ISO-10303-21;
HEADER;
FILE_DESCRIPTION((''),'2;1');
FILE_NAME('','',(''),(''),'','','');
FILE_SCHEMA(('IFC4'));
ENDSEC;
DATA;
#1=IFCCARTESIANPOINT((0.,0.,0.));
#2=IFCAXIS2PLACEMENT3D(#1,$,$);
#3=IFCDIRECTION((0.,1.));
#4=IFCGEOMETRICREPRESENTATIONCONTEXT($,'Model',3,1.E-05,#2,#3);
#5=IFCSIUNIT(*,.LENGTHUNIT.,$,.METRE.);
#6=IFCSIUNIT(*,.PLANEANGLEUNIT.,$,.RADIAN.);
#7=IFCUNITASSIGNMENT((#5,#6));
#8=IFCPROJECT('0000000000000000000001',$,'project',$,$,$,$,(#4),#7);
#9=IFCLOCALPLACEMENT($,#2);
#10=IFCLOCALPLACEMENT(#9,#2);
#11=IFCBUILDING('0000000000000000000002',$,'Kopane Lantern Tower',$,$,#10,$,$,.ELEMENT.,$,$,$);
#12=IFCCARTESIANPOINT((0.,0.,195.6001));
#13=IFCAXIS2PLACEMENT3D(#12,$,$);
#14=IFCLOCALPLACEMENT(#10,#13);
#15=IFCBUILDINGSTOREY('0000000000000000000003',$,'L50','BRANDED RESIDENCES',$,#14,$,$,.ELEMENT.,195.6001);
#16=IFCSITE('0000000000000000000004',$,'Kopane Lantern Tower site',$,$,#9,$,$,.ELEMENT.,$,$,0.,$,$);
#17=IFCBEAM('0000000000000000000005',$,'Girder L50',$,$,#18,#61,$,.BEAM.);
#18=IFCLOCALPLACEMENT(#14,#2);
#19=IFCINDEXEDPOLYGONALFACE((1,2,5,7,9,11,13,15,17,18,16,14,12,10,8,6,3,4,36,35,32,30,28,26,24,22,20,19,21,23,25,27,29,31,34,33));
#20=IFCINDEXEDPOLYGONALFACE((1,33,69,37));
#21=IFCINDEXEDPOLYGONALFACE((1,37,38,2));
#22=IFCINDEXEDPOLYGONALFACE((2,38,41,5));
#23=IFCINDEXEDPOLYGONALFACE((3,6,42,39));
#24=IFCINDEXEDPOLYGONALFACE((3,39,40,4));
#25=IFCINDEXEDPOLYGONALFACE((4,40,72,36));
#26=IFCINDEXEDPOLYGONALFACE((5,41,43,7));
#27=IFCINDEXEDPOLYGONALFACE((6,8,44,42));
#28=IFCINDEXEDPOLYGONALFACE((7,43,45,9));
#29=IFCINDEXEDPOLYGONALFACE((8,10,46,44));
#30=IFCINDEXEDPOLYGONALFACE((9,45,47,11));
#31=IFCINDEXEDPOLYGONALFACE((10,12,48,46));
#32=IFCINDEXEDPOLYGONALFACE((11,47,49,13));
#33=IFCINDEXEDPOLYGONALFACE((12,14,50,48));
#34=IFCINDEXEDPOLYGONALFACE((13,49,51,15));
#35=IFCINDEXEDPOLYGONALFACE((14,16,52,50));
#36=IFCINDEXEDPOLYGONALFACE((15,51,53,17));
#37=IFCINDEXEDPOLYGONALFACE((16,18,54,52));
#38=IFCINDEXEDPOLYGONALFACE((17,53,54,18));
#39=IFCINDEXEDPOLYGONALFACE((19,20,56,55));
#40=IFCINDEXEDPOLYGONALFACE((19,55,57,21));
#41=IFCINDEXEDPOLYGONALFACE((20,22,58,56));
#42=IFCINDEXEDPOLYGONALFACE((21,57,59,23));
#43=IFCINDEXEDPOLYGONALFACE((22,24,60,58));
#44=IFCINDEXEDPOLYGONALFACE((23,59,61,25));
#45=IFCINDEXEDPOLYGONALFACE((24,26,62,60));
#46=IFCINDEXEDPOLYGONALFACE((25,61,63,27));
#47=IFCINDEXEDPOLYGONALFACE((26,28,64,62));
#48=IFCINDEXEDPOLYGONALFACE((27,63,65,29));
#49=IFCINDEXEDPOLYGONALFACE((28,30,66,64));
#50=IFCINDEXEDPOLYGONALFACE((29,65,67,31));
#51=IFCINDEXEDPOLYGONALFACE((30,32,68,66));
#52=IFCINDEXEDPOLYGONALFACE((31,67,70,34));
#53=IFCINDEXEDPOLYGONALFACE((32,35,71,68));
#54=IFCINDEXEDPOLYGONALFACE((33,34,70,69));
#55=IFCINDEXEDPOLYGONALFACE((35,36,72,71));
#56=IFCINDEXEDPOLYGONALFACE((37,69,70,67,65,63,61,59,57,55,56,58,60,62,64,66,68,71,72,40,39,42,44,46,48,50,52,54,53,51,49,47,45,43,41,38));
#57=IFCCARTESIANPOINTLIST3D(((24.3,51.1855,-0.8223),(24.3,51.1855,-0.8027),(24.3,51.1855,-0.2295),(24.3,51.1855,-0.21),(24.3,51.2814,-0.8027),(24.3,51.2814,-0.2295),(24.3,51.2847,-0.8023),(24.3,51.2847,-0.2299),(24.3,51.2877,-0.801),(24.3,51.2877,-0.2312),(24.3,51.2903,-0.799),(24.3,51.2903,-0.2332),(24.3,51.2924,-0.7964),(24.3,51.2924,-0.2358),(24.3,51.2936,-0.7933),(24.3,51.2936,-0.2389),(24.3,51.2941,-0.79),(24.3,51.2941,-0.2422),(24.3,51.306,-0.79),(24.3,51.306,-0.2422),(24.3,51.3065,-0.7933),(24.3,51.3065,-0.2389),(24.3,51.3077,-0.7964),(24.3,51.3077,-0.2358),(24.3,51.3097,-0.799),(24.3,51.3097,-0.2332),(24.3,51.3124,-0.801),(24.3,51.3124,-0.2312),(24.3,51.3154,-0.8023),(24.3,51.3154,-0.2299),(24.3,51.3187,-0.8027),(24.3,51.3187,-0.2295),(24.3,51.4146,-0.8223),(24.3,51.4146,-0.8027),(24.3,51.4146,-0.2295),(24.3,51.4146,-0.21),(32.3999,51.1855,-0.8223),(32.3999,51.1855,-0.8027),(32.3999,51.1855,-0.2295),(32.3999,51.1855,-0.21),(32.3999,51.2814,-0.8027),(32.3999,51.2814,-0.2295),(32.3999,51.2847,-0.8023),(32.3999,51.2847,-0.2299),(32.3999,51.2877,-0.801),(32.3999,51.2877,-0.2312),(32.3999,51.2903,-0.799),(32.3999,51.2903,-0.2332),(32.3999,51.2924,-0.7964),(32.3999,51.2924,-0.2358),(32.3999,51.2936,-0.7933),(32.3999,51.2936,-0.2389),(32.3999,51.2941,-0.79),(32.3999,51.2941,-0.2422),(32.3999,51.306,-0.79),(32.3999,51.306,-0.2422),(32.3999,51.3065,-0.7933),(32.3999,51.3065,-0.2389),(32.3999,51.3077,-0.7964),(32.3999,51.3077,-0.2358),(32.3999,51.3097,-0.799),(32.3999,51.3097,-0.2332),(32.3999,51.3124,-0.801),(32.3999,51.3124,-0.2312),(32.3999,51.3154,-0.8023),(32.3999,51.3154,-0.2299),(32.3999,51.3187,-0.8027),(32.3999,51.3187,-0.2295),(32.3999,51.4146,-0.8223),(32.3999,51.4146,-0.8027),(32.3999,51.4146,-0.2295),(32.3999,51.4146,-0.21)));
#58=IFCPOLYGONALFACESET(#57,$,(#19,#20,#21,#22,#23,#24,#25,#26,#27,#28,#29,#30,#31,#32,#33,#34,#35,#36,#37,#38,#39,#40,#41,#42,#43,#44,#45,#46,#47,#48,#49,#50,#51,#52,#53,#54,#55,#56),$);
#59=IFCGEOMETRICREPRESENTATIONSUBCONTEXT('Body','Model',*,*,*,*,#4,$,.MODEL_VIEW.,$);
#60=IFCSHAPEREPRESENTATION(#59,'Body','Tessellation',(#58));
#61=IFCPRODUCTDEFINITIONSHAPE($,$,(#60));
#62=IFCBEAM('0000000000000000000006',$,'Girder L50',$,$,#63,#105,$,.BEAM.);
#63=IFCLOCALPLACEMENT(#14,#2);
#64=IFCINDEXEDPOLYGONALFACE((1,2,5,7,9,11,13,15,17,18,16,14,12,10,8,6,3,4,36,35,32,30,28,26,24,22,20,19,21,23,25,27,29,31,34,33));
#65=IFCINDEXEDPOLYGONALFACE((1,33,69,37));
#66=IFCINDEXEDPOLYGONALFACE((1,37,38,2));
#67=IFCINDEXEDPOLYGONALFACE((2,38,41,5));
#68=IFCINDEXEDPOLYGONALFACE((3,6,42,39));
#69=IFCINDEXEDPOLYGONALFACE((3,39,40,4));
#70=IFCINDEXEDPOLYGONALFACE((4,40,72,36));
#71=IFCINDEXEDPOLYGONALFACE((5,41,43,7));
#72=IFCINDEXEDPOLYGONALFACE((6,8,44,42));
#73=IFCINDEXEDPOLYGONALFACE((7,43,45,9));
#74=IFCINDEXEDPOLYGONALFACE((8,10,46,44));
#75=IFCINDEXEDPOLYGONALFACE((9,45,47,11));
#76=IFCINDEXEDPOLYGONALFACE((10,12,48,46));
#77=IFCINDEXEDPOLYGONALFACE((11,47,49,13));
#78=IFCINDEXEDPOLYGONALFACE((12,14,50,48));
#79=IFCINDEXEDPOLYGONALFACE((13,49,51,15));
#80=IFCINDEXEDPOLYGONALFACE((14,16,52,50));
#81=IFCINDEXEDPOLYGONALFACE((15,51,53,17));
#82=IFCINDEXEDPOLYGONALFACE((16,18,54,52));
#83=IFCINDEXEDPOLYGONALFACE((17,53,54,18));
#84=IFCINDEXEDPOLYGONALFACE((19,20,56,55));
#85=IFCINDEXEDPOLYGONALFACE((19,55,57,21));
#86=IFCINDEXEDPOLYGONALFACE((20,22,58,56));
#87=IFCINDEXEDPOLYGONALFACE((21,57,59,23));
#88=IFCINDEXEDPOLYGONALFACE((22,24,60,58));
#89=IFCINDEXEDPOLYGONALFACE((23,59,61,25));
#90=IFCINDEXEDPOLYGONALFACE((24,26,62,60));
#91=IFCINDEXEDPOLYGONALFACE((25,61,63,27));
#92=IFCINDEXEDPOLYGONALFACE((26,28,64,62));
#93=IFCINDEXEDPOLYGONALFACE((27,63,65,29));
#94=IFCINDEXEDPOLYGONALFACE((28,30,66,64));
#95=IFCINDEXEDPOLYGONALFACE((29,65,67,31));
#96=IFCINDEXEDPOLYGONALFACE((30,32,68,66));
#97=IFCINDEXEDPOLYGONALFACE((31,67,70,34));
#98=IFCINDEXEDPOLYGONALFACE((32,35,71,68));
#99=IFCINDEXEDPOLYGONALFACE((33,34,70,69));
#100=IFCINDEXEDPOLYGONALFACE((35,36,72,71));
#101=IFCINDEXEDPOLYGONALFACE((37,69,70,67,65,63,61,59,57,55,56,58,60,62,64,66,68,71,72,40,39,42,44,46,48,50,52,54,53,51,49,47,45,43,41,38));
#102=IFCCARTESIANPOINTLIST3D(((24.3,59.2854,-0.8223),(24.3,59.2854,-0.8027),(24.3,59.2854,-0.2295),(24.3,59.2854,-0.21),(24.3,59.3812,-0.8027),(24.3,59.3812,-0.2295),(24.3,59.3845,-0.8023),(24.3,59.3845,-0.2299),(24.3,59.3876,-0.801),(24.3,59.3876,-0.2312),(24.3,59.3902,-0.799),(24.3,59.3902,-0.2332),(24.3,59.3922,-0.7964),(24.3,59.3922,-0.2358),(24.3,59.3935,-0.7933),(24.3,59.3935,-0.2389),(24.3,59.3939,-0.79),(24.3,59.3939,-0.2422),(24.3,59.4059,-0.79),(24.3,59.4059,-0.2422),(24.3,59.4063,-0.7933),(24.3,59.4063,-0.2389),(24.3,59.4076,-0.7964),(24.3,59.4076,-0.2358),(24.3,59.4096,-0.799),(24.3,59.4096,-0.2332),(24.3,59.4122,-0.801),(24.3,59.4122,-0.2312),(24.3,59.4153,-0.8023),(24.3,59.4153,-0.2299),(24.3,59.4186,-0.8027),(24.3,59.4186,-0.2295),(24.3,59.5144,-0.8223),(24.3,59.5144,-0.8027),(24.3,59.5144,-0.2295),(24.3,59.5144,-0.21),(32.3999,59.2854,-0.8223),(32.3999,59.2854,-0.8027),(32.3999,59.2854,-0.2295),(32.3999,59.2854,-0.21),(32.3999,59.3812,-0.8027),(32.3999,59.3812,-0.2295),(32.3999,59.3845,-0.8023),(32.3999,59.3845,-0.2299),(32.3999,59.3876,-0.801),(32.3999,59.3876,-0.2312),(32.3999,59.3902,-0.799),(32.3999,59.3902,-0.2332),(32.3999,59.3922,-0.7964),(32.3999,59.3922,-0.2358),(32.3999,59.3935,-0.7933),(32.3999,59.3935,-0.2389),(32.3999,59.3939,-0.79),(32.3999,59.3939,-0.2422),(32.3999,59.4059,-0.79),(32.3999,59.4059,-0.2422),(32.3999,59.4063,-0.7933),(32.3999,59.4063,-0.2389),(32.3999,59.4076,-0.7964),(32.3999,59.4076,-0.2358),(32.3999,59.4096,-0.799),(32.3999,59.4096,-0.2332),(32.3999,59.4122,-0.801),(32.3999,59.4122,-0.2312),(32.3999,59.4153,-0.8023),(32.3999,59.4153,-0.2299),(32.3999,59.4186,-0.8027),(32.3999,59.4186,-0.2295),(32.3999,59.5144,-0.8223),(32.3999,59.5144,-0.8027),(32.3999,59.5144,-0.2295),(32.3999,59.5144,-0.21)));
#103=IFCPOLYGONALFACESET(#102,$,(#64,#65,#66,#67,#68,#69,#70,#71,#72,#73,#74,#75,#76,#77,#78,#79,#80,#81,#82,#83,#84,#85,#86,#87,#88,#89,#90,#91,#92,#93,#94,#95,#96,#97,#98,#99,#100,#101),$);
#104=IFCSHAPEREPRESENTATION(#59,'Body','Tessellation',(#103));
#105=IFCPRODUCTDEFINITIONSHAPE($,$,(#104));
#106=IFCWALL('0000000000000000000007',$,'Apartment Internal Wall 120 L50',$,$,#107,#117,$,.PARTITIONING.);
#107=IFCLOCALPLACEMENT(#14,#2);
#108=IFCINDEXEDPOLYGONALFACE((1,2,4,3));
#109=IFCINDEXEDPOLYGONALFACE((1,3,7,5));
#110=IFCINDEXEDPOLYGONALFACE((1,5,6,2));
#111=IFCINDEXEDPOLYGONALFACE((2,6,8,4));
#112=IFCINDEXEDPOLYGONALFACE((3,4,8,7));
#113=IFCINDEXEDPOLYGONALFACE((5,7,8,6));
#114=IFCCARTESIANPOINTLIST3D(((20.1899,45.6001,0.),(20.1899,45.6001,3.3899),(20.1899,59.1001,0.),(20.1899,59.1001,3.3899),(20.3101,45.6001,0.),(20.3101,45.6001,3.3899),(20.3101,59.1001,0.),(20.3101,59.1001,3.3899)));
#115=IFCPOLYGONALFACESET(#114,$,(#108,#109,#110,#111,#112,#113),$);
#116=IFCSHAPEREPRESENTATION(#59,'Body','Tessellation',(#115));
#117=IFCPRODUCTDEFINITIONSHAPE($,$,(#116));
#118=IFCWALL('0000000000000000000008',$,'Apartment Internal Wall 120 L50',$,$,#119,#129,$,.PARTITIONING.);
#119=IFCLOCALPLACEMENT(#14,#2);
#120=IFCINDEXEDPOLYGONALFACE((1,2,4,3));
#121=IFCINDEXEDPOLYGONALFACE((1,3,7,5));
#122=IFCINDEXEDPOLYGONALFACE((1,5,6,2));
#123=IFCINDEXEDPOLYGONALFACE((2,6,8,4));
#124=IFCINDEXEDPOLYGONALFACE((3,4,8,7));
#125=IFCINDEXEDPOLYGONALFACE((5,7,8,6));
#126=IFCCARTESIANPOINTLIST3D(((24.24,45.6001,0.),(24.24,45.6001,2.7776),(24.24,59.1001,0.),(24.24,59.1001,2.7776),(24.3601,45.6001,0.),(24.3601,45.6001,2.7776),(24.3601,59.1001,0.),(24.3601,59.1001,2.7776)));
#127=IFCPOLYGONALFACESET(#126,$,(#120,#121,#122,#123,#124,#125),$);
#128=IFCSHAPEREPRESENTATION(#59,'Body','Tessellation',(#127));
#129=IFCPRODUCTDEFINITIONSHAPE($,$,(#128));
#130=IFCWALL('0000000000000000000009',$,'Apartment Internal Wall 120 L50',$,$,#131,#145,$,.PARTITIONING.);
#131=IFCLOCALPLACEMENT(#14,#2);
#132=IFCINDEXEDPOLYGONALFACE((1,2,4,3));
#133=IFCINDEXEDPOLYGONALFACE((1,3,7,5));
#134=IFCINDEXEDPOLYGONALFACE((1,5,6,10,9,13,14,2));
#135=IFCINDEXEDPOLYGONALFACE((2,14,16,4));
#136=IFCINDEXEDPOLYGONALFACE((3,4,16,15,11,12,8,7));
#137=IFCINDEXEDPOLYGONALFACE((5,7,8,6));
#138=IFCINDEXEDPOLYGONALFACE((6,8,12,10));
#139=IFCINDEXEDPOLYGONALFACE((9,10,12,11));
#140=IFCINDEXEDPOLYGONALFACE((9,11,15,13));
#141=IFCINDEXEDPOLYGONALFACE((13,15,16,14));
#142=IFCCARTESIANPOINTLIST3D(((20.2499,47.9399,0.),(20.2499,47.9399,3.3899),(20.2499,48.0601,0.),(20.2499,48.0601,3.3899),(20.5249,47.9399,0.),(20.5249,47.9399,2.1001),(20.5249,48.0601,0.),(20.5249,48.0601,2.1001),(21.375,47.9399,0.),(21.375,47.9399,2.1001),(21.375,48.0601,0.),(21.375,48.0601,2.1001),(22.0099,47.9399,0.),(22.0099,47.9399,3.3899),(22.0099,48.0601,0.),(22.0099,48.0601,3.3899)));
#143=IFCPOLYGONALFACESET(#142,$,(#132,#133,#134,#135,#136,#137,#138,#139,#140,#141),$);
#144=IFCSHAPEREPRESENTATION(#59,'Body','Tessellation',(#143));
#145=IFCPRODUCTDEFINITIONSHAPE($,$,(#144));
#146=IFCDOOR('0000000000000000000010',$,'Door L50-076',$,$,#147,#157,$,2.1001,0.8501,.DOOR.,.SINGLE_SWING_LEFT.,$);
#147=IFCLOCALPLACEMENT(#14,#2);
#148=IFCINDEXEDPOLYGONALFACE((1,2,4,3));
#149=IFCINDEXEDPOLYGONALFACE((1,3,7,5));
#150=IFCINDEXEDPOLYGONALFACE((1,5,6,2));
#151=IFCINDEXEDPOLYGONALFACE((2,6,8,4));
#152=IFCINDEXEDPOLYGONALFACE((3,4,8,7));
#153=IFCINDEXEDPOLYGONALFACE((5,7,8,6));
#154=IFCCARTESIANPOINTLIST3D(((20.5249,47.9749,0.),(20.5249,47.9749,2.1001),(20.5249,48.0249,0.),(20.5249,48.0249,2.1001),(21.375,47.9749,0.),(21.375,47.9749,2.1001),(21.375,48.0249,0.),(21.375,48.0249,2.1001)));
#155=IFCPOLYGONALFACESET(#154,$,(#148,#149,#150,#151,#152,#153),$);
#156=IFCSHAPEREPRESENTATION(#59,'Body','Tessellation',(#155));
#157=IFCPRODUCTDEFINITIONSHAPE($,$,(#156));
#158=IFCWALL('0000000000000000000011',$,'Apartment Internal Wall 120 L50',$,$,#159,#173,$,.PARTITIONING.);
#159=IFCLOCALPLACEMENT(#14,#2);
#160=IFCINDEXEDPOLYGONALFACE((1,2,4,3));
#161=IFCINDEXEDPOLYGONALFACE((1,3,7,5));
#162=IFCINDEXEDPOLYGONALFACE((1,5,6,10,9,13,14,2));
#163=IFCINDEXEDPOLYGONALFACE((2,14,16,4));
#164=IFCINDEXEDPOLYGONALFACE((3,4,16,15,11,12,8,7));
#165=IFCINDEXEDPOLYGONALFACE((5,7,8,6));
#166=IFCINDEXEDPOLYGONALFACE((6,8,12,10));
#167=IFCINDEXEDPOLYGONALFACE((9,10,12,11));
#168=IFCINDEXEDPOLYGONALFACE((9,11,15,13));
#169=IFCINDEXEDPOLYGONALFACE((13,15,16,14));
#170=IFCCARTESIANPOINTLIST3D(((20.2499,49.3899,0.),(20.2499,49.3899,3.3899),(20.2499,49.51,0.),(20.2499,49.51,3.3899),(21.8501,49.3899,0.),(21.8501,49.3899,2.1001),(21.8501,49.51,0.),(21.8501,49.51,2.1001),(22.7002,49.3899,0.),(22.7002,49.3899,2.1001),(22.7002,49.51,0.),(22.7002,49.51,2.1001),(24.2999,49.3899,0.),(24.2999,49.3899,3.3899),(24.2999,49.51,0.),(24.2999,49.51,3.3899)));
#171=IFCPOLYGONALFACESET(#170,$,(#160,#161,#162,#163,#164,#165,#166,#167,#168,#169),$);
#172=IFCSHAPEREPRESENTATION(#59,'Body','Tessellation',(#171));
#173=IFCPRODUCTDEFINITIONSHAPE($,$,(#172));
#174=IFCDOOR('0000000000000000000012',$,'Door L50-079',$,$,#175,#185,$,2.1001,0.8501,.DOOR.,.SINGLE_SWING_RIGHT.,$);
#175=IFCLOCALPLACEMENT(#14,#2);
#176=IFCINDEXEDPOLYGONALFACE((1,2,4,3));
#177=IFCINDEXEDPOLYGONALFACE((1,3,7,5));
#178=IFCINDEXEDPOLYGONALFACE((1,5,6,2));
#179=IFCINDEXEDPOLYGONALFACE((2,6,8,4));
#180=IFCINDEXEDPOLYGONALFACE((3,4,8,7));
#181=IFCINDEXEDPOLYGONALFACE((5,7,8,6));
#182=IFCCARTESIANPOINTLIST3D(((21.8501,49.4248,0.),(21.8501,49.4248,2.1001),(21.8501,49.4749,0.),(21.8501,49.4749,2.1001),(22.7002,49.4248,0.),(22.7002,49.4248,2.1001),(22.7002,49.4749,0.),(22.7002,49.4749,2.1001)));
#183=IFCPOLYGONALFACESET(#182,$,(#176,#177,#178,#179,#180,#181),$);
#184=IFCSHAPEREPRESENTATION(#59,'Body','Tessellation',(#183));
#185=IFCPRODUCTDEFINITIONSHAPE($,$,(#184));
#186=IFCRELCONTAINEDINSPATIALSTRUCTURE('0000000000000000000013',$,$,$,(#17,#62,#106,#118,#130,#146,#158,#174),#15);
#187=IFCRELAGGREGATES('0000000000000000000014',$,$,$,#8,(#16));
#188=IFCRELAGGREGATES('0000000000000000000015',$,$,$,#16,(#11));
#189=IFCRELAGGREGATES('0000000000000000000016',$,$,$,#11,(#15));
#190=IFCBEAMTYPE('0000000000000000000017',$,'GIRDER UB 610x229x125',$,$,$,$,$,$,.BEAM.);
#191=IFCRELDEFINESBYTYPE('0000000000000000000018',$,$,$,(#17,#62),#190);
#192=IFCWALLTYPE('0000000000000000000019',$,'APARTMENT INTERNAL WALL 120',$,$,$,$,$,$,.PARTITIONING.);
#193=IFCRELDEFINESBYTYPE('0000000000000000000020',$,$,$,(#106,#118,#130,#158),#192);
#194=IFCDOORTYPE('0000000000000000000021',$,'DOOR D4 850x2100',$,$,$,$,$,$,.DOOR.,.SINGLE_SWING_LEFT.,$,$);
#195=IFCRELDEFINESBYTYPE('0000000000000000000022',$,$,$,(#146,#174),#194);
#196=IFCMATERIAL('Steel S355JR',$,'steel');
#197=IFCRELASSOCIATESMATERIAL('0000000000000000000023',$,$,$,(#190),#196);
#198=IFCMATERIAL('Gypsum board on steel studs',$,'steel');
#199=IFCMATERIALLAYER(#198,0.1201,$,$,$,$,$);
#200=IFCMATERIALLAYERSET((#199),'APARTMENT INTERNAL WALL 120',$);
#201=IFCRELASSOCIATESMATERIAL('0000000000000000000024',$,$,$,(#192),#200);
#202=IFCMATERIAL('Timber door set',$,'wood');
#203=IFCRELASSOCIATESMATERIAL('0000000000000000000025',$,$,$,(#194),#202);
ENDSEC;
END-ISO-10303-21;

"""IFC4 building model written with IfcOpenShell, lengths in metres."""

from ifc_helpers import new_model, si_unit, direction, frame, frame_2d, origin, origin_2d, place, context, subcontext, project, spatial, rectangle, i_section, extrude, material, layer, layer_set, material_profile, profile_set, type_object, element, fill, save


model = new_model("IFC4")

# Units and contexts
model_context = context("Model", 3, precision=1e-05, world=origin(), true_north=direction((0.0, 1.0)))
body_context = subcontext(model_context, "Body", "Model", "MODEL_VIEW")
ifc_project = project(units=[si_unit("LENGTHUNIT", "METRE"), si_unit("PLANEANGLEUNIT", "RADIAN")], contexts=[model_context])

# Site, building, storey
site_placement = place(None, origin())
site = spatial("IfcSite", under=ifc_project, at=site_placement, Name="Kopane Lantern Tower site", CompositionType="ELEMENT", RefElevation=0.0)
building_placement = place(site_placement, origin())
building = spatial("IfcBuilding", under=site, at=building_placement, Name="Kopane Lantern Tower", CompositionType="ELEMENT")
storey_placement = place(building_placement, frame((0.0, 0.0, 195.6001)))
storey = spatial("IfcBuildingStorey", under=building, at=storey_placement, Name="L50", Description="BRANDED RESIDENCES", CompositionType="ELEMENT", Elevation=195.6001)

# Beams
ifc_material_1 = material(Name="Steel S355JR", Category="steel")
ifc_material_profile_1 = material_profile(ifc_material_1, i_section(OverallWidth=0.229, OverallDepth=0.6123, WebThickness=0.012, FlangeThickness=0.0195, FilletRadius=0.0127, at=origin_2d()), Name="UB 610x229x125")
ifc_profile_set_1 = profile_set([ifc_material_profile_1], Name="Steel S355JR")
beam_type = type_object("IfcBeamType", Name="GIRDER UB 610x229x125", PredefinedType="BEAM", material=ifc_profile_set_1)
for number, where, z_axis, x_axis, name in (
    (1, (24.3, 51.3, -0.5161), (1.0, 0.0, 0.0), (0.0, 1.0, 0.0), "Girder L50"),
    (2, (24.3, 59.3999, -0.5161), (1.0, 0.0, 0.0), (0.0, 1.0, 0.0), "Girder L50"),
):
    element("IfcBeam", number, at=place(storey_placement, frame(where, z_axis=z_axis, x_axis=x_axis)), inside=storey, type_object=beam_type, Name=name, PredefinedType="BEAM", context=body_context, shape_type="SweptSolid", body=[
        extrude(i_section(OverallWidth=0.229, OverallDepth=0.6123, WebThickness=0.012, FlangeThickness=0.0195, FilletRadius=0.0127, at=origin_2d()), origin(), (0.0, 0.0, 1.0), 8.0999),
    ])

# Walls
ifc_material_2 = material(Name="Gypsum board on steel studs", Category="steel")
ifc_layer_1 = layer(ifc_material_2, 0.1201)
ifc_layer_set_1 = layer_set([ifc_layer_1], Name="APARTMENT INTERNAL WALL 120")
wall_type_1 = type_object("IfcWallType", Name="APARTMENT INTERNAL WALL 120", PredefinedType="PARTITIONING", material=ifc_layer_set_1)
wall_1_placement = place(storey_placement, frame((20.25, 45.6001, 0.0), z_axis=(0.0, 0.0, 1.0), x_axis=(0.0, 1.0, 0.0)))
element("IfcWall", 3, at=wall_1_placement, inside=storey, type_object=wall_type_1, Name="Apartment Internal Wall 120 L50", PredefinedType="PARTITIONING", context=body_context, shape_type="SweptSolid", body=[
    extrude(rectangle(XDim=13.5, YDim=0.1201, at=frame_2d((6.75, 0.0))), origin(), (0.0, 0.0, 1.0), 3.3899),
])
wall_2_placement = place(storey_placement, frame((24.3, 45.6001, 0.0), z_axis=(0.0, 0.0, 1.0), x_axis=(0.0, 1.0, 0.0)))
element("IfcWall", 4, at=wall_2_placement, inside=storey, type_object=wall_type_1, Name="Apartment Internal Wall 120 L50", PredefinedType="PARTITIONING", context=body_context, shape_type="SweptSolid", body=[
    extrude(rectangle(XDim=13.5, YDim=0.1201, at=frame_2d((6.75, 0.0))), origin(), (0.0, 0.0, 1.0), 2.7776),
])

# Walls, openings, doors
wall_3_placement = place(storey_placement, frame((20.25, 48.0, 0.0), z_axis=(0.0, 0.0, 1.0), x_axis=(1.0, 0.0, 0.0)))
wall_3 = element("IfcWall", 5, at=wall_3_placement, inside=storey, type_object=wall_type_1, Name="Apartment Internal Wall 120 L50", PredefinedType="PARTITIONING", context=body_context, shape_type="SweptSolid", body=[
    extrude(rectangle(XDim=1.76, YDim=0.1201, at=frame_2d((0.8799, 0.0))), origin(), (0.0, 0.0, 1.0), 3.3899),
])
opening_1_placement = place(wall_3_placement, frame((0.2749, 0.0, 0.0)))
opening_1 = element("IfcOpeningElement", 6, at=opening_1_placement, cuts=wall_3, PredefinedType="OPENING", context=body_context, shape_type="SweptSolid", body=[
    extrude(rectangle(XDim=0.8501, YDim=2.1001, at=frame_2d((0.425, 1.05))), frame((0.0, 0.0701, 0.0), z_axis=(0.0, -1.0, 0.0), x_axis=(1.0, 0.0, 0.0)), (0.0, 0.0, 1.0), 0.1401),
])
ifc_material_3 = material(Name="Timber door set", Category="wood")
door_type_1 = type_object("IfcDoorType", Name="DOOR D4 850x2100", OperationType="SINGLE_SWING_LEFT", PredefinedType="DOOR", material=ifc_material_3)
door_1_placement = place(opening_1_placement, origin())
door_1 = element("IfcDoor", 7, at=door_1_placement, inside=storey, type_object=door_type_1, Name="Door L50-076", OperationType="SINGLE_SWING_LEFT", OverallHeight=2.1001, OverallWidth=0.8501, PredefinedType="DOOR", context=body_context, shape_type="SweptSolid", body=[
    extrude(rectangle(XDim=0.8501, YDim=2.1001, at=frame_2d((0.425, 1.05))), frame((0.0, 0.0249, 0.0), z_axis=(0.0, -1.0, 0.0), x_axis=(1.0, 0.0, 0.0)), (0.0, 0.0, 1.0), 0.05),
])
fill(opening_1, door_1)
wall_4_placement = place(storey_placement, frame((20.25, 49.45, 0.0), z_axis=(0.0, 0.0, 1.0), x_axis=(1.0, 0.0, 0.0)))
wall_4 = element("IfcWall", 8, at=wall_4_placement, inside=storey, type_object=wall_type_1, Name="Apartment Internal Wall 120 L50", PredefinedType="PARTITIONING", context=body_context, shape_type="SweptSolid", body=[
    extrude(rectangle(XDim=4.05, YDim=0.1201, at=frame_2d((2.0249, 0.0))), origin(), (0.0, 0.0, 1.0), 3.3899),
])
opening_2_placement = place(wall_4_placement, frame((1.6001, 0.0, 0.0)))
opening_2 = element("IfcOpeningElement", 9, at=opening_2_placement, cuts=wall_4, PredefinedType="OPENING", context=body_context, shape_type="SweptSolid", body=[
    extrude(rectangle(XDim=0.8501, YDim=2.1001, at=frame_2d((0.425, 1.05))), frame((0.0, 0.0701, 0.0), z_axis=(0.0, -1.0, 0.0), x_axis=(1.0, 0.0, 0.0)), (0.0, 0.0, 1.0), 0.1401),
])
door_2_placement = place(opening_2_placement, origin())
door_2 = element("IfcDoor", 10, at=door_2_placement, inside=storey, type_object=door_type_1, Name="Door L50-079", OperationType="SINGLE_SWING_RIGHT", OverallHeight=2.1001, OverallWidth=0.8501, PredefinedType="DOOR", context=body_context, shape_type="SweptSolid", body=[
    extrude(rectangle(XDim=0.8501, YDim=2.1001, at=frame_2d((0.425, 1.05))), frame((0.0, 0.0249, 0.0), z_axis=(0.0, -1.0, 0.0), x_axis=(1.0, 0.0, 0.0)), (0.0, 0.0, 1.0), 0.05),
])
fill(opening_2, door_2)

save(model, "model.ifc")
